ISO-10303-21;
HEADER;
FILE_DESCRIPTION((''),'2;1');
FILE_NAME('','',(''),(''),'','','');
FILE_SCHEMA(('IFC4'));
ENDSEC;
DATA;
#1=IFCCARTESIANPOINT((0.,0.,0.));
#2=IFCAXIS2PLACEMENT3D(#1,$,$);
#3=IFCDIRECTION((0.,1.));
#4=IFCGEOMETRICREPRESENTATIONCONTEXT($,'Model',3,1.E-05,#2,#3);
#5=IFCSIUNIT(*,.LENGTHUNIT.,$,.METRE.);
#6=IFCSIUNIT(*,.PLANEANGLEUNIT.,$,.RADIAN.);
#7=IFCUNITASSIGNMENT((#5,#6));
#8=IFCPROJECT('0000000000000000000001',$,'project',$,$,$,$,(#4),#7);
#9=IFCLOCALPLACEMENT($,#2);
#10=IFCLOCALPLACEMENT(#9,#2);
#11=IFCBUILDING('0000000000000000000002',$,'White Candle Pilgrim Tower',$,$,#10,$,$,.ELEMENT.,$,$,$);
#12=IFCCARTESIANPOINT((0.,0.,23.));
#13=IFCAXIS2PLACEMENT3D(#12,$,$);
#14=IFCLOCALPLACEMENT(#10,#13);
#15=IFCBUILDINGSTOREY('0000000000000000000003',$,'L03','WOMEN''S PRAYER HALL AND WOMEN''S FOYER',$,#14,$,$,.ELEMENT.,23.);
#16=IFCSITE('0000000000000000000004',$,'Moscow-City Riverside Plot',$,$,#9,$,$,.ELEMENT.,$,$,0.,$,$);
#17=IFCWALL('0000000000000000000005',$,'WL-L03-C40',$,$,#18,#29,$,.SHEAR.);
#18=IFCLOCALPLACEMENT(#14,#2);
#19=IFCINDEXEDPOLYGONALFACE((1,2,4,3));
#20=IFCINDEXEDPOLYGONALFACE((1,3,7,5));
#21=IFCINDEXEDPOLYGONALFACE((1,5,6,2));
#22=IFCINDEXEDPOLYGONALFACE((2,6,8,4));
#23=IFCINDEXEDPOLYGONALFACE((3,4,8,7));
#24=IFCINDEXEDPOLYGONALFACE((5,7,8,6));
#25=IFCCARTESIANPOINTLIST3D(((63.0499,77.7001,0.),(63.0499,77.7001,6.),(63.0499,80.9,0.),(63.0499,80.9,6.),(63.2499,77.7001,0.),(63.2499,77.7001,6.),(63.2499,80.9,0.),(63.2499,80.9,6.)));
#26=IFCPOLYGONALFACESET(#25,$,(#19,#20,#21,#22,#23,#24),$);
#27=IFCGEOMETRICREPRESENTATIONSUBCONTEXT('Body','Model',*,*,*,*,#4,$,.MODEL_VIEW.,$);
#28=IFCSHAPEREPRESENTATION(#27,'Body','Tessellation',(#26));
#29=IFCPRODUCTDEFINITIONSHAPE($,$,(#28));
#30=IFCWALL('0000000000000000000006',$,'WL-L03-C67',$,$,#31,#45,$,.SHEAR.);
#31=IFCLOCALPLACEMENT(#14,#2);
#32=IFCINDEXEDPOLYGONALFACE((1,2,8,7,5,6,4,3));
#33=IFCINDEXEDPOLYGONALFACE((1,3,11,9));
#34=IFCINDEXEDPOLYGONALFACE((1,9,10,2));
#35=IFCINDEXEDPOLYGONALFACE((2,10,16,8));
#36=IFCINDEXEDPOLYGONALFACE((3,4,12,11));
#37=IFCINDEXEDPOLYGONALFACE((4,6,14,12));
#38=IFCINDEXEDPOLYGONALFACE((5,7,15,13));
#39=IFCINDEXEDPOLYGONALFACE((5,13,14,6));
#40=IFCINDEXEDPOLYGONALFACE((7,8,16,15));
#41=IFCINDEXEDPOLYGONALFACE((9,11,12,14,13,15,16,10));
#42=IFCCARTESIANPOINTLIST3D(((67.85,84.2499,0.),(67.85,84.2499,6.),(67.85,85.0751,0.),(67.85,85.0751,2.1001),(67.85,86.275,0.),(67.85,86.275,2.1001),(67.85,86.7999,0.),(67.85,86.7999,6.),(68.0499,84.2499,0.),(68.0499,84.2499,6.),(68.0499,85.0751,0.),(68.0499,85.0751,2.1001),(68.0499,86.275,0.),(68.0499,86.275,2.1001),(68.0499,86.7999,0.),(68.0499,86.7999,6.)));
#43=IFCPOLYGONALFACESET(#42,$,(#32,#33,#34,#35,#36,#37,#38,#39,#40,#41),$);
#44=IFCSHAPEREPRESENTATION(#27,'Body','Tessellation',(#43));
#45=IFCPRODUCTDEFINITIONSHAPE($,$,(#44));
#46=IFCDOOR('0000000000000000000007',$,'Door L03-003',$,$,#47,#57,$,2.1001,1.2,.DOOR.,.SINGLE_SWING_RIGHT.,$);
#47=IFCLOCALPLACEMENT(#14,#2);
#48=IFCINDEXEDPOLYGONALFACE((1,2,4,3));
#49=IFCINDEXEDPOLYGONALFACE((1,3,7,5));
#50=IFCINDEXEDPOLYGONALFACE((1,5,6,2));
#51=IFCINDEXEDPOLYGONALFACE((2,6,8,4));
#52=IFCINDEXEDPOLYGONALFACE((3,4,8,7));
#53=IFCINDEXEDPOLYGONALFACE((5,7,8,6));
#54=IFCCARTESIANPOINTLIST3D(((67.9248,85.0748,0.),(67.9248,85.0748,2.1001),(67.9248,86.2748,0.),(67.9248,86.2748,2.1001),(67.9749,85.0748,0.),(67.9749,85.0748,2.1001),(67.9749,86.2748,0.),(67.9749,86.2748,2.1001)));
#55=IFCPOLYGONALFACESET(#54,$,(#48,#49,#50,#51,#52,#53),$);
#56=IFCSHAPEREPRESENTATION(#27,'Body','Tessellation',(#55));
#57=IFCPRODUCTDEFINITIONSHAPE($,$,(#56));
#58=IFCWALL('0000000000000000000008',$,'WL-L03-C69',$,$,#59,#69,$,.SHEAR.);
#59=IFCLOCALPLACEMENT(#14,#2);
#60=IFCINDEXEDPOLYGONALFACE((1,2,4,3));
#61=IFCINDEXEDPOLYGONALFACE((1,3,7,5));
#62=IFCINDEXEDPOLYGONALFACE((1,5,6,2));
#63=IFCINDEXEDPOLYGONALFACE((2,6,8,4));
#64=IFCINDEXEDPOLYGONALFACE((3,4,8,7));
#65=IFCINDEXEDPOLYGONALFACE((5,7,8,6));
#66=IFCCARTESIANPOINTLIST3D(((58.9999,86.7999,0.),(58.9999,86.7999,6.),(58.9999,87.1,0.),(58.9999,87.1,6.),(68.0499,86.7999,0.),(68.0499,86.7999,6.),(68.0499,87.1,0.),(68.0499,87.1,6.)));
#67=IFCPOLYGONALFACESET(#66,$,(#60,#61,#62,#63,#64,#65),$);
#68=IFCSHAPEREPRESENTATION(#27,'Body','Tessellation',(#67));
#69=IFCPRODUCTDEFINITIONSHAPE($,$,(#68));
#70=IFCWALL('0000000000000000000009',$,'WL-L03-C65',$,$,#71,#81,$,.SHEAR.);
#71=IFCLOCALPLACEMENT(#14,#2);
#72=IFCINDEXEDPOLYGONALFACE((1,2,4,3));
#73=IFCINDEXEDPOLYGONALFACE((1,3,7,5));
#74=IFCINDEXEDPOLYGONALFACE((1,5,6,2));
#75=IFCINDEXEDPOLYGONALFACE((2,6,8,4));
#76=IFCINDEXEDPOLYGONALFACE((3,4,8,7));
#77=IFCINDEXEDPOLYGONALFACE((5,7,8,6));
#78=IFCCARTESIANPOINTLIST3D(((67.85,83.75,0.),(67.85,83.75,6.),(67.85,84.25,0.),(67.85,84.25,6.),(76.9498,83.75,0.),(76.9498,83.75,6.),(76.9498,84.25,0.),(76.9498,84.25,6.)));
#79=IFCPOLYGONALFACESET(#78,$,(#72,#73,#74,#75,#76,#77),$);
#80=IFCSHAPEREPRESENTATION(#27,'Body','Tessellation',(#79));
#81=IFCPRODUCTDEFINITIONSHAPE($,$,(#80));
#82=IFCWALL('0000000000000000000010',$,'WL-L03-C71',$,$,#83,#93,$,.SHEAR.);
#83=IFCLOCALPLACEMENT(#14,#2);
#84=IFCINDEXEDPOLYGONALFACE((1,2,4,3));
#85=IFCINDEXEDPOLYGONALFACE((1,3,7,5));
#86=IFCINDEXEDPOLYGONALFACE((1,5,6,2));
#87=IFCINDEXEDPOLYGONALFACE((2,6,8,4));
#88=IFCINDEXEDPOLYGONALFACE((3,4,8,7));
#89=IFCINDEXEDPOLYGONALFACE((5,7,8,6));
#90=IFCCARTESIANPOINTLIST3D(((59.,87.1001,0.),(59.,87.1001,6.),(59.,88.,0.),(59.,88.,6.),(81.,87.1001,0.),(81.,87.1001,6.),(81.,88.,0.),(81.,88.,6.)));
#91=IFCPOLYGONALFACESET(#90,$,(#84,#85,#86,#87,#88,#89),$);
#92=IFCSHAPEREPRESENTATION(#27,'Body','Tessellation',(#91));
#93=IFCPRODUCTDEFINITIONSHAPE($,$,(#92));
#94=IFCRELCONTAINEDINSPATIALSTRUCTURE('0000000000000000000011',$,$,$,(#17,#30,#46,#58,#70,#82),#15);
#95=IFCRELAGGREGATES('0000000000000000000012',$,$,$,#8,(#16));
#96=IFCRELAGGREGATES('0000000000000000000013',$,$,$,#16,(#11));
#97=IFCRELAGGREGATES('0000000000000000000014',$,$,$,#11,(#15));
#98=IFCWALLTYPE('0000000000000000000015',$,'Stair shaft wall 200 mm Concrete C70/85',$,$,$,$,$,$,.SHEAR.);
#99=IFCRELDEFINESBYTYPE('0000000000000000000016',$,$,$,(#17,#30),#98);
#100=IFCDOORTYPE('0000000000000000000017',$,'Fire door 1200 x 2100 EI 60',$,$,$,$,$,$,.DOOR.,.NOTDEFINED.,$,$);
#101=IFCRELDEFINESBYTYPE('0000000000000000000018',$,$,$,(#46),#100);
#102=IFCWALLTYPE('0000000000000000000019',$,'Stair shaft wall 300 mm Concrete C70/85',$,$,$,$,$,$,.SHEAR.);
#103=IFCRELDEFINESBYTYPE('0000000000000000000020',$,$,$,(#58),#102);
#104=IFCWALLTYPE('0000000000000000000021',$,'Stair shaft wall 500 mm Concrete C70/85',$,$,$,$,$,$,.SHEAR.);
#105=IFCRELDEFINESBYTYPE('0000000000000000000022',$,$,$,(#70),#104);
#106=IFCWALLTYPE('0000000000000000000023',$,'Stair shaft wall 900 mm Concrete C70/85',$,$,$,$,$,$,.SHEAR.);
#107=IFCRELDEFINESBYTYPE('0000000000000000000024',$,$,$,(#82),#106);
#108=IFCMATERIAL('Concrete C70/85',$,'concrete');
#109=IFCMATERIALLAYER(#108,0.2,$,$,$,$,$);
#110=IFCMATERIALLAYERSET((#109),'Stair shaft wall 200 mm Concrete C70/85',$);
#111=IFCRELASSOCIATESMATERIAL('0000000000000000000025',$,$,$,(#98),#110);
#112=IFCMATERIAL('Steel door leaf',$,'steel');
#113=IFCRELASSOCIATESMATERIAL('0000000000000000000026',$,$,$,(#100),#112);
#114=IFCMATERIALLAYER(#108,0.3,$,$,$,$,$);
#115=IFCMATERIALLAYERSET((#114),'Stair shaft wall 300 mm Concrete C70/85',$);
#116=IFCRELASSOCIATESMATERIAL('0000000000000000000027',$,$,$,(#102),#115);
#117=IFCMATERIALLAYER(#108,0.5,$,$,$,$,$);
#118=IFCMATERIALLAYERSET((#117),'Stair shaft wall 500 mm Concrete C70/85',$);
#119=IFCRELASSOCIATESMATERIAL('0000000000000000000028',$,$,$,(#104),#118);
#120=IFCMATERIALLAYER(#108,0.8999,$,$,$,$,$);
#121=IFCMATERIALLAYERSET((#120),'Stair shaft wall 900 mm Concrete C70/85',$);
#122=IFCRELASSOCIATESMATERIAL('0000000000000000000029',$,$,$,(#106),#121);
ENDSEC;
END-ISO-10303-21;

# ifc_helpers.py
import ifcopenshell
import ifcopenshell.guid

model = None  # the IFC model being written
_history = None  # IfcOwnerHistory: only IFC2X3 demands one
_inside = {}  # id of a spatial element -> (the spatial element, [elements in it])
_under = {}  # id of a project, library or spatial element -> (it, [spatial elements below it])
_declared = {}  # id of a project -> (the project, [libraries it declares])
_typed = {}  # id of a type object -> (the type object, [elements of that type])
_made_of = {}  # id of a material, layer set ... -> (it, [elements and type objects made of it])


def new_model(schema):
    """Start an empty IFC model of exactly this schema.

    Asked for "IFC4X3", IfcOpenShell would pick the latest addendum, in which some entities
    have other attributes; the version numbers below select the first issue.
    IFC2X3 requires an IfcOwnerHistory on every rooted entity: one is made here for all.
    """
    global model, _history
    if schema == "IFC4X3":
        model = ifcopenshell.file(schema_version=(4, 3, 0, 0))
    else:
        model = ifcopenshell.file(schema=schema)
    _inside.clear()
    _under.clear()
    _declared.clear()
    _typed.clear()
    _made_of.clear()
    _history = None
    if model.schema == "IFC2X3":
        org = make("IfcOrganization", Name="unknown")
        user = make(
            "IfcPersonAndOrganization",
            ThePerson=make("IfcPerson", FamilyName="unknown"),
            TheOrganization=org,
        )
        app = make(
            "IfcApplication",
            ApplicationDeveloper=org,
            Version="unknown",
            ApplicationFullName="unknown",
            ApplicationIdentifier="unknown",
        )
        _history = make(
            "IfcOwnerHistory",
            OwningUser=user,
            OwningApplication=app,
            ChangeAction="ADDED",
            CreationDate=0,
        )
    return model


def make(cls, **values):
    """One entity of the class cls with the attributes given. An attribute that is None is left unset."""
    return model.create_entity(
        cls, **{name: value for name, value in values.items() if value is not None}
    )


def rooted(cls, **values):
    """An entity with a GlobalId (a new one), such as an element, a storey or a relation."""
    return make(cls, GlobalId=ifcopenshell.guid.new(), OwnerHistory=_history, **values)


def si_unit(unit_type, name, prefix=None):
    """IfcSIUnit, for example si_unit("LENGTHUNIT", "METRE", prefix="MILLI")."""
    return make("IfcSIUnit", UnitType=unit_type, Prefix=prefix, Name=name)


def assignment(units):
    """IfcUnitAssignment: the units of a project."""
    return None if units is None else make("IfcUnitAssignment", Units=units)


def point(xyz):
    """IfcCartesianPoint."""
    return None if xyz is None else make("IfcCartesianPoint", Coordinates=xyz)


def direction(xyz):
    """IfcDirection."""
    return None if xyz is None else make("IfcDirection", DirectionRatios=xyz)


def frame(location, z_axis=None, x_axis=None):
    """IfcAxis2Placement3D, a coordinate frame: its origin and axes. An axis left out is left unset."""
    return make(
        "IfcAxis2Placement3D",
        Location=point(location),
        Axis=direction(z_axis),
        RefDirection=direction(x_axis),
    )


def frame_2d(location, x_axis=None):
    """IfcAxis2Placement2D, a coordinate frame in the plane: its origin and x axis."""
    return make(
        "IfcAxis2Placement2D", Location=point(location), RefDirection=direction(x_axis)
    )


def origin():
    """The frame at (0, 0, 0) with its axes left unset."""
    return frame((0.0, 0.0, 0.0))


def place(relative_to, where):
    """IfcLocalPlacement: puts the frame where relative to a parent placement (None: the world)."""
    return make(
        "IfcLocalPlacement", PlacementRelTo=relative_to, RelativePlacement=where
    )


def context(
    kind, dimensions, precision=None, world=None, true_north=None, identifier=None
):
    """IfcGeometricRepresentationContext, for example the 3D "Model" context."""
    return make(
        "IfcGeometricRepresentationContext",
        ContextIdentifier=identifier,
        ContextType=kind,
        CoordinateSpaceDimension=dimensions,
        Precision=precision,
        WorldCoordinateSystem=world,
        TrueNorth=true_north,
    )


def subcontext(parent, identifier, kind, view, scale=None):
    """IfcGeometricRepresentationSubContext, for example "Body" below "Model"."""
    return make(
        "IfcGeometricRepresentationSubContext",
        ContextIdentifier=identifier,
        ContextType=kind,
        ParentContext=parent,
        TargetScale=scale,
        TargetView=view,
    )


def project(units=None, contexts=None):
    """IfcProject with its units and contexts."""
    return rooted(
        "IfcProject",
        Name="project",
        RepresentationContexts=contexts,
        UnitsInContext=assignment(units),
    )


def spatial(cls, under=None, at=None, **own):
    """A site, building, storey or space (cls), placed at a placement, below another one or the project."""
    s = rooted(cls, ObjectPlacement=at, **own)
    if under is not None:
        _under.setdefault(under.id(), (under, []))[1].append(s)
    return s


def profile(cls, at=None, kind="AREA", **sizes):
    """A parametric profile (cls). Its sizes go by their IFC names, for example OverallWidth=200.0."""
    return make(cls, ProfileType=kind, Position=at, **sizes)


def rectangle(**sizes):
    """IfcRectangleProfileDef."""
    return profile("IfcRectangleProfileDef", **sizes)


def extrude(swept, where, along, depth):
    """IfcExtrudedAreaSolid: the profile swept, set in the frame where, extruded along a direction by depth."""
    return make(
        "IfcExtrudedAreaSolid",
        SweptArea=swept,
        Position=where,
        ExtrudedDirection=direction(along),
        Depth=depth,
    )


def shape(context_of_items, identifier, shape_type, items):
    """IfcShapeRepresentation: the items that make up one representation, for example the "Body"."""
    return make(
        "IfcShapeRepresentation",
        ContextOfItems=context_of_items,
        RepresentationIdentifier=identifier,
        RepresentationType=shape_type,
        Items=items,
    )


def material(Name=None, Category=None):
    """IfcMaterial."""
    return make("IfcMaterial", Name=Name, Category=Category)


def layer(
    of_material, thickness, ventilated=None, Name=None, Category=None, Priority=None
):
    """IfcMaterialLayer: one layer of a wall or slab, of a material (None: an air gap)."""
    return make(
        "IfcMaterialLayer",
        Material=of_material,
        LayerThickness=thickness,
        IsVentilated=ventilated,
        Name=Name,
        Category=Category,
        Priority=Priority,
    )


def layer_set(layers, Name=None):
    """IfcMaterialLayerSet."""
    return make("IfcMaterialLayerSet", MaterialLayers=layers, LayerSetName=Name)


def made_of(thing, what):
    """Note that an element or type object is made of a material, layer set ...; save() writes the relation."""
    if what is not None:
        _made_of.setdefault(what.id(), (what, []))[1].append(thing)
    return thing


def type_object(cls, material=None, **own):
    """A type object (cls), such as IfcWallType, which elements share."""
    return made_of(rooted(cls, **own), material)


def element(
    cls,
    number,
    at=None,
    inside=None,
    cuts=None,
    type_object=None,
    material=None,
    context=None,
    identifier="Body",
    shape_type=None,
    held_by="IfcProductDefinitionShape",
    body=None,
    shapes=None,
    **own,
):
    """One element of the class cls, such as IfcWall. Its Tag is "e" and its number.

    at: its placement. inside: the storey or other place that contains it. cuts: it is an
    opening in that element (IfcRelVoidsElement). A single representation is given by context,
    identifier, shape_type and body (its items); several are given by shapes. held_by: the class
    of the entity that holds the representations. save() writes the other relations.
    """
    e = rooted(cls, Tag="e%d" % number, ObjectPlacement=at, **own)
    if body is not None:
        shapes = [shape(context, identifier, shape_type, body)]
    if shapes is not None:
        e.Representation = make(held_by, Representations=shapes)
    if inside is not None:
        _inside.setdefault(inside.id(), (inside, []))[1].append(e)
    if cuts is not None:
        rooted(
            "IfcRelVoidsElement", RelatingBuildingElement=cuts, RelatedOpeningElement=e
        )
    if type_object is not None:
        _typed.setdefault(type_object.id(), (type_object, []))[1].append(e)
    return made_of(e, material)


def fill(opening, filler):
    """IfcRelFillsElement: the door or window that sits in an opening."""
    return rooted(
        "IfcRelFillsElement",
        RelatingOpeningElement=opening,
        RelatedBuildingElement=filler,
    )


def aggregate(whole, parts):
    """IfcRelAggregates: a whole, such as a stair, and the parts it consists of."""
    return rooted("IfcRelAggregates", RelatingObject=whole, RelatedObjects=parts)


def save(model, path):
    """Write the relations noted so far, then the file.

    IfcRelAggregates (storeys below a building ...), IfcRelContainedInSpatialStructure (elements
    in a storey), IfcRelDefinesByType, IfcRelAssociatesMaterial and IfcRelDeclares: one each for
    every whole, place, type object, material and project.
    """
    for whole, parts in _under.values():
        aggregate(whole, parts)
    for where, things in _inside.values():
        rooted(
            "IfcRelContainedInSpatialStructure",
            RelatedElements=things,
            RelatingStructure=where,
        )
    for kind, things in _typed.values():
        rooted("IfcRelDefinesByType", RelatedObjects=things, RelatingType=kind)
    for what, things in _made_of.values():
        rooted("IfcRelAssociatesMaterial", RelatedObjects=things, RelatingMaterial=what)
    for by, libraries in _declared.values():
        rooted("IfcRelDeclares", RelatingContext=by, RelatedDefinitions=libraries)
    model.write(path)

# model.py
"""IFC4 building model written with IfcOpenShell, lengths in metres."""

from ifc_helpers import new_model, si_unit, direction, frame, frame_2d, origin, place, context, subcontext, project, spatial, rectangle, extrude, material, layer, layer_set, type_object, element, fill, save


model = new_model("IFC4")

# Units and contexts
model_context = context("Model", 3, precision=1e-05, world=origin(), true_north=direction((0.0, 1.0)))
body_context = subcontext(model_context, "Body", "Model", "MODEL_VIEW")
ifc_project = project(units=[si_unit("LENGTHUNIT", "METRE"), si_unit("PLANEANGLEUNIT", "RADIAN")], contexts=[model_context])

# Site, building, storey
site_placement = place(None, origin())
site = spatial("IfcSite", under=ifc_project, at=site_placement, Name="Moscow-City Riverside Plot", CompositionType="ELEMENT", RefElevation=0.0)
building_placement = place(site_placement, origin())
building = spatial("IfcBuilding", under=site, at=building_placement, Name="White Candle Pilgrim Tower", CompositionType="ELEMENT")
storey_placement = place(building_placement, frame((0.0, 0.0, 23.0)))
storey = spatial("IfcBuildingStorey", under=building, at=storey_placement, Name="L03", Description="WOMEN'S PRAYER HALL AND WOMEN'S FOYER", CompositionType="ELEMENT", Elevation=23.0)

# Shared definitions
ifc_material_1 = material(Name="Concrete C70/85", Category="concrete")
ifc_material_2 = material(Name="Steel door leaf", Category="steel")

# Wall
ifc_layer_1 = layer(ifc_material_1, 0.2)
ifc_layer_set_1 = layer_set([ifc_layer_1], Name="Stair shaft wall 200 mm Concrete C70/85")
wall_type_1 = type_object("IfcWallType", Name="Stair shaft wall 200 mm Concrete C70/85", PredefinedType="SHEAR", material=ifc_layer_set_1)
wall_1_placement = place(storey_placement, frame((63.1499, 77.7, 0.0), z_axis=(0.0, 0.0, 1.0), x_axis=(0.0, 1.0, 0.0)))
element("IfcWall", 1, at=wall_1_placement, inside=storey, type_object=wall_type_1, Name="WL-L03-C40", PredefinedType="SHEAR", context=body_context, shape_type="SweptSolid", body=[
    extrude(rectangle(XDim=3.2, YDim=0.2, at=frame_2d((1.6001, 0.0))), origin(), (0.0, 0.0, 1.0), 6.0),
])

# Wall, opening, door
wall_2_placement = place(storey_placement, frame((67.95, 84.25, 0.0), z_axis=(0.0, 0.0, 1.0), x_axis=(0.0, 1.0, 0.0)))
wall_2 = element("IfcWall", 2, at=wall_2_placement, inside=storey, type_object=wall_type_1, Name="WL-L03-C67", PredefinedType="SHEAR", context=body_context, shape_type="SweptSolid", body=[
    extrude(rectangle(XDim=2.55, YDim=0.2, at=frame_2d((1.2749, 0.0))), origin(), (0.0, 0.0, 1.0), 6.0),
])
opening_1_placement = place(wall_2_placement, frame((0.825, 0.0, 0.0)))
opening_1 = element("IfcOpeningElement", 3, at=opening_1_placement, cuts=wall_2, PredefinedType="OPENING", context=body_context, shape_type="SweptSolid", body=[
    extrude(rectangle(XDim=1.2, YDim=2.1001, at=frame_2d((0.6001, 1.05))), frame((0.0, 0.1099, 0.0), z_axis=(0.0, -1.0, 0.0), x_axis=(1.0, 0.0, 0.0)), (0.0, 0.0, 1.0), 0.22),
])
door_type_1 = type_object("IfcDoorType", Name="Fire door 1200 x 2100 EI 60", OperationType="NOTDEFINED", PredefinedType="DOOR", material=ifc_material_2)
door_1_placement = place(opening_1_placement, frame((1.2, 0.0, 0.0), z_axis=(0.0, 0.0, 1.0), x_axis=(-1.0, 0.0, 0.0)))
door_1 = element("IfcDoor", 4, at=door_1_placement, inside=storey, type_object=door_type_1, Name="Door L03-003", OperationType="SINGLE_SWING_RIGHT", OverallHeight=2.1001, OverallWidth=1.2, PredefinedType="DOOR", context=body_context, shape_type="SweptSolid", body=[
    extrude(rectangle(XDim=1.2, YDim=2.1001, at=frame_2d((0.6001, 1.05))), frame((0.0, 0.0249, 0.0), z_axis=(0.0, -1.0, 0.0), x_axis=(1.0, 0.0, 0.0)), (0.0, 0.0, 1.0), 0.05),
])
fill(opening_1, door_1)

# Walls
ifc_layer_2 = layer(ifc_material_1, 0.3)
ifc_layer_set_2 = layer_set([ifc_layer_2], Name="Stair shaft wall 300 mm Concrete C70/85")
wall_type_2 = type_object("IfcWallType", Name="Stair shaft wall 300 mm Concrete C70/85", PredefinedType="SHEAR", material=ifc_layer_set_2)
wall_3_placement = place(storey_placement, frame((59.0, 86.95, 0.0), z_axis=(0.0, 0.0, 1.0), x_axis=(1.0, 0.0, 0.0)))
element("IfcWall", 5, at=wall_3_placement, inside=storey, type_object=wall_type_2, Name="WL-L03-C69", PredefinedType="SHEAR", context=body_context, shape_type="SweptSolid", body=[
    extrude(rectangle(XDim=9.05, YDim=0.3, at=frame_2d((4.5249, 0.0))), origin(), (0.0, 0.0, 1.0), 6.0),
])
ifc_layer_3 = layer(ifc_material_1, 0.5)
ifc_layer_set_3 = layer_set([ifc_layer_3], Name="Stair shaft wall 500 mm Concrete C70/85")
wall_type_3 = type_object("IfcWallType", Name="Stair shaft wall 500 mm Concrete C70/85", PredefinedType="SHEAR", material=ifc_layer_set_3)
wall_4_placement = place(storey_placement, frame((67.8501, 84.0, 0.0), z_axis=(0.0, 0.0, 1.0), x_axis=(1.0, 0.0, 0.0)))
element("IfcWall", 6, at=wall_4_placement, inside=storey, type_object=wall_type_3, Name="WL-L03-C65", PredefinedType="SHEAR", context=body_context, shape_type="SweptSolid", body=[
    extrude(rectangle(XDim=9.0999, YDim=0.5, at=frame_2d((4.5498, 0.0))), origin(), (0.0, 0.0, 1.0), 6.0),
])
ifc_layer_4 = layer(ifc_material_1, 0.8999)
ifc_layer_set_4 = layer_set([ifc_layer_4], Name="Stair shaft wall 900 mm Concrete C70/85")
wall_type_4 = type_object("IfcWallType", Name="Stair shaft wall 900 mm Concrete C70/85", PredefinedType="SHEAR", material=ifc_layer_set_4)
wall_5_placement = place(storey_placement, frame((59.0, 87.55, 0.0), z_axis=(0.0, 0.0, 1.0), x_axis=(1.0, 0.0, 0.0)))
element("IfcWall", 7, at=wall_5_placement, inside=storey, type_object=wall_type_4, Name="WL-L03-C71", PredefinedType="SHEAR", context=body_context, shape_type="SweptSolid", body=[
    extrude(rectangle(XDim=22.0, YDim=0.8999, at=frame_2d((11.0, 0.0))), origin(), (0.0, 0.0, 1.0), 6.0),
])

save(model, "model.ifc")
